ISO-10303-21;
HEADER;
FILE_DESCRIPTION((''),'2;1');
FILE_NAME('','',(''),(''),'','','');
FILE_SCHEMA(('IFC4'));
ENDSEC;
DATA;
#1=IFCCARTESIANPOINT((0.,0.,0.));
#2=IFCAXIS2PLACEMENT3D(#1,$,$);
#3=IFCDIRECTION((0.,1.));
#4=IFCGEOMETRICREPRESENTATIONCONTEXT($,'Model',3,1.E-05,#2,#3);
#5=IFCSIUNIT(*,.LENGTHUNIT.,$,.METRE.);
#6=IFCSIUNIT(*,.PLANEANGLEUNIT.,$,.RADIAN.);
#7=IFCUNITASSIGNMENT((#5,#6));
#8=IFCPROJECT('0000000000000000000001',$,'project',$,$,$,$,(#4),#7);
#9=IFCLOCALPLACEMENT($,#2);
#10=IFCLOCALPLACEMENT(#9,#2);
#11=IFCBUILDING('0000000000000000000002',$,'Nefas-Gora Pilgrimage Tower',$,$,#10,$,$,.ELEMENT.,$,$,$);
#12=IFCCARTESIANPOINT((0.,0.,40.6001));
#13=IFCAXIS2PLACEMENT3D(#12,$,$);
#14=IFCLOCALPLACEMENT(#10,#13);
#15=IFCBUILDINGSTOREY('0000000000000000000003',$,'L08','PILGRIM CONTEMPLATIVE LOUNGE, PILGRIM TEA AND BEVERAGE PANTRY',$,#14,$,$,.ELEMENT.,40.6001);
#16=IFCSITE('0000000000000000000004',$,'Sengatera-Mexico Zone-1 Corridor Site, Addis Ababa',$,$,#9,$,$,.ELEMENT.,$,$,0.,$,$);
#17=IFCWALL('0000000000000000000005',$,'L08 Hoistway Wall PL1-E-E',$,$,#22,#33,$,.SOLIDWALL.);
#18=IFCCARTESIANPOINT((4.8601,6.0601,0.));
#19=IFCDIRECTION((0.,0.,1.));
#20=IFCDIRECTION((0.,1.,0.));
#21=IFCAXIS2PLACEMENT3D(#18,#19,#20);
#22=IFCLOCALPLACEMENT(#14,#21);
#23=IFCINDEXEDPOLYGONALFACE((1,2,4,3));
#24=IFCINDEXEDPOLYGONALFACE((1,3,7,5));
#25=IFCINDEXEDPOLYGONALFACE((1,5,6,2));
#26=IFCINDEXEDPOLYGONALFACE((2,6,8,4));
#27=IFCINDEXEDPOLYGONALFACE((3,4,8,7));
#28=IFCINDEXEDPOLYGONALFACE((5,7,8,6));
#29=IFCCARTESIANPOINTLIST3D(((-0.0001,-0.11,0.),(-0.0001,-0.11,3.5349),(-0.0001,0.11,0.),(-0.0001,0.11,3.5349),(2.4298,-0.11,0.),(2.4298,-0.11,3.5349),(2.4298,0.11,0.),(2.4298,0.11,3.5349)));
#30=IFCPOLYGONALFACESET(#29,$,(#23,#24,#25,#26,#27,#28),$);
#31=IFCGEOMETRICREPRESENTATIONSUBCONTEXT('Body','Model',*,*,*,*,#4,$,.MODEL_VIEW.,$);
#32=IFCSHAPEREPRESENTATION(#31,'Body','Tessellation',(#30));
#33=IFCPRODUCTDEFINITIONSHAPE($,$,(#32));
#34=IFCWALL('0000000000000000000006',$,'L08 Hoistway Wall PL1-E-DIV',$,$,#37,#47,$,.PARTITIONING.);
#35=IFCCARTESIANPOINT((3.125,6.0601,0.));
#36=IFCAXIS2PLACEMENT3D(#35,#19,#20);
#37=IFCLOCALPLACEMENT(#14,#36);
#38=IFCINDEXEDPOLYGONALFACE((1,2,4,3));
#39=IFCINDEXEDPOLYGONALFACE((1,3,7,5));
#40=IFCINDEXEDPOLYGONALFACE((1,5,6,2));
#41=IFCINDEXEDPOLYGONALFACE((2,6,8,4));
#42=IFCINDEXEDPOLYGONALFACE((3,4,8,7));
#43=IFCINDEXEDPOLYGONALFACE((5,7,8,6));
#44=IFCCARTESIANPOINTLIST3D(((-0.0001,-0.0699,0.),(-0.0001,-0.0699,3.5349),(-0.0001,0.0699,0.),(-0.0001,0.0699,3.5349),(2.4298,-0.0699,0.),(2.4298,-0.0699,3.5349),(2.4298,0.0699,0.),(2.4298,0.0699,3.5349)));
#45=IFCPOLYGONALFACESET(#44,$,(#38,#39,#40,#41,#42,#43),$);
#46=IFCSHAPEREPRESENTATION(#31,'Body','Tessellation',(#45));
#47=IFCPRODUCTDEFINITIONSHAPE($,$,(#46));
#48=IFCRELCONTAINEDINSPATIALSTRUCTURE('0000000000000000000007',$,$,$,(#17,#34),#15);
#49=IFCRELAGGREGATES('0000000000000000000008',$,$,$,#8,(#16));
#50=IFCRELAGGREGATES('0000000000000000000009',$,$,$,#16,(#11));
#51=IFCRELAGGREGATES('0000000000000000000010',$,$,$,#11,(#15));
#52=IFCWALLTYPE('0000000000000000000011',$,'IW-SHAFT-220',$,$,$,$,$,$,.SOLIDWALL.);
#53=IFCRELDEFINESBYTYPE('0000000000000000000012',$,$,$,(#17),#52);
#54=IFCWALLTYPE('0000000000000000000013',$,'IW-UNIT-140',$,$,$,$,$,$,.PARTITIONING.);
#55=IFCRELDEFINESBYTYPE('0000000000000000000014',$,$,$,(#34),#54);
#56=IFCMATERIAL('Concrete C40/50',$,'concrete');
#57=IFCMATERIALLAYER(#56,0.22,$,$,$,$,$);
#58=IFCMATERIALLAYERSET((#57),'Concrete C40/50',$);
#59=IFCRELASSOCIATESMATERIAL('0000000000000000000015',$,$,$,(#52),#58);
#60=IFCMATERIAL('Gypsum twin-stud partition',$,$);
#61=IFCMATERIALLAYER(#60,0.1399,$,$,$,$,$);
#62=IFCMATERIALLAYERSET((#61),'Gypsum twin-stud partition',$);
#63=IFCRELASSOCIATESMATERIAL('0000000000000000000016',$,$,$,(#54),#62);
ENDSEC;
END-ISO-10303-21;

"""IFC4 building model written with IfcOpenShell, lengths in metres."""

from ifc_helpers import new_model, si_unit, direction, frame, frame_2d, origin, place, context, subcontext, project, spatial, rectangle, extrude, source, transform, mapped, material, layer, layer_set, type_object, element, save


model = new_model("IFC4")

# Units and contexts
model_context = context("Model", 3, precision=1e-05, world=origin(), true_north=direction((0.0, 1.0)))
body_context = subcontext(model_context, "Body", "Model", "MODEL_VIEW")
ifc_project = project(units=[si_unit("LENGTHUNIT", "METRE"), si_unit("PLANEANGLEUNIT", "RADIAN")], contexts=[model_context])

# Site, building, storey
site_placement = place(None, origin())
site = spatial("IfcSite", under=ifc_project, at=site_placement, Name="Sengatera-Mexico Zone-1 Corridor Site, Addis Ababa", CompositionType="ELEMENT", RefElevation=0.0)
building_placement = place(site_placement, origin())
building = spatial("IfcBuilding", under=site, at=building_placement, Name="Nefas-Gora Pilgrimage Tower", CompositionType="ELEMENT")
storey_placement = place(building_placement, frame((0.0, 0.0, 40.6001)))
storey = spatial("IfcBuildingStorey", under=building, at=storey_placement, Name="L08", Description="PILGRIM CONTEMPLATIVE LOUNGE, PILGRIM TEA AND BEVERAGE PANTRY", CompositionType="ELEMENT", Elevation=40.6001)

# Shared definitions
ifc_material_1 = material(Name="Concrete C40/50", Category="concrete")
ifc_layer_1 = layer(ifc_material_1, 0.22)
ifc_layer_set_1 = layer_set([ifc_layer_1], Name="Concrete C40/50")
wall_type_1 = type_object("IfcWallType", Name="IW-SHAFT-220", PredefinedType="SOLIDWALL", material=ifc_layer_set_1)

# Walls
shared_shape_1 = source(origin(), body_context, "Body", "SweptSolid", [
    extrude(rectangle(XDim=2.4299, YDim=0.22, at=frame_2d((1.2148, 0.0))), origin(), (0.0, 0.0, 1.0), 3.5349),
])
wall_1_placement = place(storey_placement, frame((4.8601, 6.0601, 0.0), z_axis=(0.0, 0.0, 1.0), x_axis=(0.0, 1.0, 0.0)))
element("IfcWall", 1, at=wall_1_placement, inside=storey, type_object=wall_type_1, Name="L08 Hoistway Wall PL1-E-E", PredefinedType="SOLIDWALL", context=body_context, shape_type="MappedRepresentation", body=[
    mapped(shared_shape_1, transform((0.0, 0.0, 0.0), x_axis=(1.0, 0.0, 0.0), y_axis=(0.0, 1.0, 0.0), z_axis=(0.0, 0.0, 1.0), scale=1.0)),
])
ifc_material_2 = material(Name="Gypsum twin-stud partition")
ifc_layer_2 = layer(ifc_material_2, 0.1399)
ifc_layer_set_2 = layer_set([ifc_layer_2], Name="Gypsum twin-stud partition")
wall_type_2 = type_object("IfcWallType", Name="IW-UNIT-140", PredefinedType="PARTITIONING", material=ifc_layer_set_2)
shared_shape_2 = source(origin(), body_context, "Body", "SweptSolid", [
    extrude(rectangle(XDim=2.4299, YDim=0.1399, at=frame_2d((1.2148, 0.0))), origin(), (0.0, 0.0, 1.0), 3.5349),
])
wall_2_placement = place(storey_placement, frame((3.125, 6.0601, 0.0), z_axis=(0.0, 0.0, 1.0), x_axis=(0.0, 1.0, 0.0)))
element("IfcWall", 2, at=wall_2_placement, inside=storey, type_object=wall_type_2, Name="L08 Hoistway Wall PL1-E-DIV", PredefinedType="PARTITIONING", context=body_context, shape_type="MappedRepresentation", body=[
    mapped(shared_shape_2, transform((0.0, 0.0, 0.0), x_axis=(1.0, 0.0, 0.0), y_axis=(0.0, 1.0, 0.0), z_axis=(0.0, 0.0, 1.0), scale=1.0)),
])

save(model, "model.ifc")
